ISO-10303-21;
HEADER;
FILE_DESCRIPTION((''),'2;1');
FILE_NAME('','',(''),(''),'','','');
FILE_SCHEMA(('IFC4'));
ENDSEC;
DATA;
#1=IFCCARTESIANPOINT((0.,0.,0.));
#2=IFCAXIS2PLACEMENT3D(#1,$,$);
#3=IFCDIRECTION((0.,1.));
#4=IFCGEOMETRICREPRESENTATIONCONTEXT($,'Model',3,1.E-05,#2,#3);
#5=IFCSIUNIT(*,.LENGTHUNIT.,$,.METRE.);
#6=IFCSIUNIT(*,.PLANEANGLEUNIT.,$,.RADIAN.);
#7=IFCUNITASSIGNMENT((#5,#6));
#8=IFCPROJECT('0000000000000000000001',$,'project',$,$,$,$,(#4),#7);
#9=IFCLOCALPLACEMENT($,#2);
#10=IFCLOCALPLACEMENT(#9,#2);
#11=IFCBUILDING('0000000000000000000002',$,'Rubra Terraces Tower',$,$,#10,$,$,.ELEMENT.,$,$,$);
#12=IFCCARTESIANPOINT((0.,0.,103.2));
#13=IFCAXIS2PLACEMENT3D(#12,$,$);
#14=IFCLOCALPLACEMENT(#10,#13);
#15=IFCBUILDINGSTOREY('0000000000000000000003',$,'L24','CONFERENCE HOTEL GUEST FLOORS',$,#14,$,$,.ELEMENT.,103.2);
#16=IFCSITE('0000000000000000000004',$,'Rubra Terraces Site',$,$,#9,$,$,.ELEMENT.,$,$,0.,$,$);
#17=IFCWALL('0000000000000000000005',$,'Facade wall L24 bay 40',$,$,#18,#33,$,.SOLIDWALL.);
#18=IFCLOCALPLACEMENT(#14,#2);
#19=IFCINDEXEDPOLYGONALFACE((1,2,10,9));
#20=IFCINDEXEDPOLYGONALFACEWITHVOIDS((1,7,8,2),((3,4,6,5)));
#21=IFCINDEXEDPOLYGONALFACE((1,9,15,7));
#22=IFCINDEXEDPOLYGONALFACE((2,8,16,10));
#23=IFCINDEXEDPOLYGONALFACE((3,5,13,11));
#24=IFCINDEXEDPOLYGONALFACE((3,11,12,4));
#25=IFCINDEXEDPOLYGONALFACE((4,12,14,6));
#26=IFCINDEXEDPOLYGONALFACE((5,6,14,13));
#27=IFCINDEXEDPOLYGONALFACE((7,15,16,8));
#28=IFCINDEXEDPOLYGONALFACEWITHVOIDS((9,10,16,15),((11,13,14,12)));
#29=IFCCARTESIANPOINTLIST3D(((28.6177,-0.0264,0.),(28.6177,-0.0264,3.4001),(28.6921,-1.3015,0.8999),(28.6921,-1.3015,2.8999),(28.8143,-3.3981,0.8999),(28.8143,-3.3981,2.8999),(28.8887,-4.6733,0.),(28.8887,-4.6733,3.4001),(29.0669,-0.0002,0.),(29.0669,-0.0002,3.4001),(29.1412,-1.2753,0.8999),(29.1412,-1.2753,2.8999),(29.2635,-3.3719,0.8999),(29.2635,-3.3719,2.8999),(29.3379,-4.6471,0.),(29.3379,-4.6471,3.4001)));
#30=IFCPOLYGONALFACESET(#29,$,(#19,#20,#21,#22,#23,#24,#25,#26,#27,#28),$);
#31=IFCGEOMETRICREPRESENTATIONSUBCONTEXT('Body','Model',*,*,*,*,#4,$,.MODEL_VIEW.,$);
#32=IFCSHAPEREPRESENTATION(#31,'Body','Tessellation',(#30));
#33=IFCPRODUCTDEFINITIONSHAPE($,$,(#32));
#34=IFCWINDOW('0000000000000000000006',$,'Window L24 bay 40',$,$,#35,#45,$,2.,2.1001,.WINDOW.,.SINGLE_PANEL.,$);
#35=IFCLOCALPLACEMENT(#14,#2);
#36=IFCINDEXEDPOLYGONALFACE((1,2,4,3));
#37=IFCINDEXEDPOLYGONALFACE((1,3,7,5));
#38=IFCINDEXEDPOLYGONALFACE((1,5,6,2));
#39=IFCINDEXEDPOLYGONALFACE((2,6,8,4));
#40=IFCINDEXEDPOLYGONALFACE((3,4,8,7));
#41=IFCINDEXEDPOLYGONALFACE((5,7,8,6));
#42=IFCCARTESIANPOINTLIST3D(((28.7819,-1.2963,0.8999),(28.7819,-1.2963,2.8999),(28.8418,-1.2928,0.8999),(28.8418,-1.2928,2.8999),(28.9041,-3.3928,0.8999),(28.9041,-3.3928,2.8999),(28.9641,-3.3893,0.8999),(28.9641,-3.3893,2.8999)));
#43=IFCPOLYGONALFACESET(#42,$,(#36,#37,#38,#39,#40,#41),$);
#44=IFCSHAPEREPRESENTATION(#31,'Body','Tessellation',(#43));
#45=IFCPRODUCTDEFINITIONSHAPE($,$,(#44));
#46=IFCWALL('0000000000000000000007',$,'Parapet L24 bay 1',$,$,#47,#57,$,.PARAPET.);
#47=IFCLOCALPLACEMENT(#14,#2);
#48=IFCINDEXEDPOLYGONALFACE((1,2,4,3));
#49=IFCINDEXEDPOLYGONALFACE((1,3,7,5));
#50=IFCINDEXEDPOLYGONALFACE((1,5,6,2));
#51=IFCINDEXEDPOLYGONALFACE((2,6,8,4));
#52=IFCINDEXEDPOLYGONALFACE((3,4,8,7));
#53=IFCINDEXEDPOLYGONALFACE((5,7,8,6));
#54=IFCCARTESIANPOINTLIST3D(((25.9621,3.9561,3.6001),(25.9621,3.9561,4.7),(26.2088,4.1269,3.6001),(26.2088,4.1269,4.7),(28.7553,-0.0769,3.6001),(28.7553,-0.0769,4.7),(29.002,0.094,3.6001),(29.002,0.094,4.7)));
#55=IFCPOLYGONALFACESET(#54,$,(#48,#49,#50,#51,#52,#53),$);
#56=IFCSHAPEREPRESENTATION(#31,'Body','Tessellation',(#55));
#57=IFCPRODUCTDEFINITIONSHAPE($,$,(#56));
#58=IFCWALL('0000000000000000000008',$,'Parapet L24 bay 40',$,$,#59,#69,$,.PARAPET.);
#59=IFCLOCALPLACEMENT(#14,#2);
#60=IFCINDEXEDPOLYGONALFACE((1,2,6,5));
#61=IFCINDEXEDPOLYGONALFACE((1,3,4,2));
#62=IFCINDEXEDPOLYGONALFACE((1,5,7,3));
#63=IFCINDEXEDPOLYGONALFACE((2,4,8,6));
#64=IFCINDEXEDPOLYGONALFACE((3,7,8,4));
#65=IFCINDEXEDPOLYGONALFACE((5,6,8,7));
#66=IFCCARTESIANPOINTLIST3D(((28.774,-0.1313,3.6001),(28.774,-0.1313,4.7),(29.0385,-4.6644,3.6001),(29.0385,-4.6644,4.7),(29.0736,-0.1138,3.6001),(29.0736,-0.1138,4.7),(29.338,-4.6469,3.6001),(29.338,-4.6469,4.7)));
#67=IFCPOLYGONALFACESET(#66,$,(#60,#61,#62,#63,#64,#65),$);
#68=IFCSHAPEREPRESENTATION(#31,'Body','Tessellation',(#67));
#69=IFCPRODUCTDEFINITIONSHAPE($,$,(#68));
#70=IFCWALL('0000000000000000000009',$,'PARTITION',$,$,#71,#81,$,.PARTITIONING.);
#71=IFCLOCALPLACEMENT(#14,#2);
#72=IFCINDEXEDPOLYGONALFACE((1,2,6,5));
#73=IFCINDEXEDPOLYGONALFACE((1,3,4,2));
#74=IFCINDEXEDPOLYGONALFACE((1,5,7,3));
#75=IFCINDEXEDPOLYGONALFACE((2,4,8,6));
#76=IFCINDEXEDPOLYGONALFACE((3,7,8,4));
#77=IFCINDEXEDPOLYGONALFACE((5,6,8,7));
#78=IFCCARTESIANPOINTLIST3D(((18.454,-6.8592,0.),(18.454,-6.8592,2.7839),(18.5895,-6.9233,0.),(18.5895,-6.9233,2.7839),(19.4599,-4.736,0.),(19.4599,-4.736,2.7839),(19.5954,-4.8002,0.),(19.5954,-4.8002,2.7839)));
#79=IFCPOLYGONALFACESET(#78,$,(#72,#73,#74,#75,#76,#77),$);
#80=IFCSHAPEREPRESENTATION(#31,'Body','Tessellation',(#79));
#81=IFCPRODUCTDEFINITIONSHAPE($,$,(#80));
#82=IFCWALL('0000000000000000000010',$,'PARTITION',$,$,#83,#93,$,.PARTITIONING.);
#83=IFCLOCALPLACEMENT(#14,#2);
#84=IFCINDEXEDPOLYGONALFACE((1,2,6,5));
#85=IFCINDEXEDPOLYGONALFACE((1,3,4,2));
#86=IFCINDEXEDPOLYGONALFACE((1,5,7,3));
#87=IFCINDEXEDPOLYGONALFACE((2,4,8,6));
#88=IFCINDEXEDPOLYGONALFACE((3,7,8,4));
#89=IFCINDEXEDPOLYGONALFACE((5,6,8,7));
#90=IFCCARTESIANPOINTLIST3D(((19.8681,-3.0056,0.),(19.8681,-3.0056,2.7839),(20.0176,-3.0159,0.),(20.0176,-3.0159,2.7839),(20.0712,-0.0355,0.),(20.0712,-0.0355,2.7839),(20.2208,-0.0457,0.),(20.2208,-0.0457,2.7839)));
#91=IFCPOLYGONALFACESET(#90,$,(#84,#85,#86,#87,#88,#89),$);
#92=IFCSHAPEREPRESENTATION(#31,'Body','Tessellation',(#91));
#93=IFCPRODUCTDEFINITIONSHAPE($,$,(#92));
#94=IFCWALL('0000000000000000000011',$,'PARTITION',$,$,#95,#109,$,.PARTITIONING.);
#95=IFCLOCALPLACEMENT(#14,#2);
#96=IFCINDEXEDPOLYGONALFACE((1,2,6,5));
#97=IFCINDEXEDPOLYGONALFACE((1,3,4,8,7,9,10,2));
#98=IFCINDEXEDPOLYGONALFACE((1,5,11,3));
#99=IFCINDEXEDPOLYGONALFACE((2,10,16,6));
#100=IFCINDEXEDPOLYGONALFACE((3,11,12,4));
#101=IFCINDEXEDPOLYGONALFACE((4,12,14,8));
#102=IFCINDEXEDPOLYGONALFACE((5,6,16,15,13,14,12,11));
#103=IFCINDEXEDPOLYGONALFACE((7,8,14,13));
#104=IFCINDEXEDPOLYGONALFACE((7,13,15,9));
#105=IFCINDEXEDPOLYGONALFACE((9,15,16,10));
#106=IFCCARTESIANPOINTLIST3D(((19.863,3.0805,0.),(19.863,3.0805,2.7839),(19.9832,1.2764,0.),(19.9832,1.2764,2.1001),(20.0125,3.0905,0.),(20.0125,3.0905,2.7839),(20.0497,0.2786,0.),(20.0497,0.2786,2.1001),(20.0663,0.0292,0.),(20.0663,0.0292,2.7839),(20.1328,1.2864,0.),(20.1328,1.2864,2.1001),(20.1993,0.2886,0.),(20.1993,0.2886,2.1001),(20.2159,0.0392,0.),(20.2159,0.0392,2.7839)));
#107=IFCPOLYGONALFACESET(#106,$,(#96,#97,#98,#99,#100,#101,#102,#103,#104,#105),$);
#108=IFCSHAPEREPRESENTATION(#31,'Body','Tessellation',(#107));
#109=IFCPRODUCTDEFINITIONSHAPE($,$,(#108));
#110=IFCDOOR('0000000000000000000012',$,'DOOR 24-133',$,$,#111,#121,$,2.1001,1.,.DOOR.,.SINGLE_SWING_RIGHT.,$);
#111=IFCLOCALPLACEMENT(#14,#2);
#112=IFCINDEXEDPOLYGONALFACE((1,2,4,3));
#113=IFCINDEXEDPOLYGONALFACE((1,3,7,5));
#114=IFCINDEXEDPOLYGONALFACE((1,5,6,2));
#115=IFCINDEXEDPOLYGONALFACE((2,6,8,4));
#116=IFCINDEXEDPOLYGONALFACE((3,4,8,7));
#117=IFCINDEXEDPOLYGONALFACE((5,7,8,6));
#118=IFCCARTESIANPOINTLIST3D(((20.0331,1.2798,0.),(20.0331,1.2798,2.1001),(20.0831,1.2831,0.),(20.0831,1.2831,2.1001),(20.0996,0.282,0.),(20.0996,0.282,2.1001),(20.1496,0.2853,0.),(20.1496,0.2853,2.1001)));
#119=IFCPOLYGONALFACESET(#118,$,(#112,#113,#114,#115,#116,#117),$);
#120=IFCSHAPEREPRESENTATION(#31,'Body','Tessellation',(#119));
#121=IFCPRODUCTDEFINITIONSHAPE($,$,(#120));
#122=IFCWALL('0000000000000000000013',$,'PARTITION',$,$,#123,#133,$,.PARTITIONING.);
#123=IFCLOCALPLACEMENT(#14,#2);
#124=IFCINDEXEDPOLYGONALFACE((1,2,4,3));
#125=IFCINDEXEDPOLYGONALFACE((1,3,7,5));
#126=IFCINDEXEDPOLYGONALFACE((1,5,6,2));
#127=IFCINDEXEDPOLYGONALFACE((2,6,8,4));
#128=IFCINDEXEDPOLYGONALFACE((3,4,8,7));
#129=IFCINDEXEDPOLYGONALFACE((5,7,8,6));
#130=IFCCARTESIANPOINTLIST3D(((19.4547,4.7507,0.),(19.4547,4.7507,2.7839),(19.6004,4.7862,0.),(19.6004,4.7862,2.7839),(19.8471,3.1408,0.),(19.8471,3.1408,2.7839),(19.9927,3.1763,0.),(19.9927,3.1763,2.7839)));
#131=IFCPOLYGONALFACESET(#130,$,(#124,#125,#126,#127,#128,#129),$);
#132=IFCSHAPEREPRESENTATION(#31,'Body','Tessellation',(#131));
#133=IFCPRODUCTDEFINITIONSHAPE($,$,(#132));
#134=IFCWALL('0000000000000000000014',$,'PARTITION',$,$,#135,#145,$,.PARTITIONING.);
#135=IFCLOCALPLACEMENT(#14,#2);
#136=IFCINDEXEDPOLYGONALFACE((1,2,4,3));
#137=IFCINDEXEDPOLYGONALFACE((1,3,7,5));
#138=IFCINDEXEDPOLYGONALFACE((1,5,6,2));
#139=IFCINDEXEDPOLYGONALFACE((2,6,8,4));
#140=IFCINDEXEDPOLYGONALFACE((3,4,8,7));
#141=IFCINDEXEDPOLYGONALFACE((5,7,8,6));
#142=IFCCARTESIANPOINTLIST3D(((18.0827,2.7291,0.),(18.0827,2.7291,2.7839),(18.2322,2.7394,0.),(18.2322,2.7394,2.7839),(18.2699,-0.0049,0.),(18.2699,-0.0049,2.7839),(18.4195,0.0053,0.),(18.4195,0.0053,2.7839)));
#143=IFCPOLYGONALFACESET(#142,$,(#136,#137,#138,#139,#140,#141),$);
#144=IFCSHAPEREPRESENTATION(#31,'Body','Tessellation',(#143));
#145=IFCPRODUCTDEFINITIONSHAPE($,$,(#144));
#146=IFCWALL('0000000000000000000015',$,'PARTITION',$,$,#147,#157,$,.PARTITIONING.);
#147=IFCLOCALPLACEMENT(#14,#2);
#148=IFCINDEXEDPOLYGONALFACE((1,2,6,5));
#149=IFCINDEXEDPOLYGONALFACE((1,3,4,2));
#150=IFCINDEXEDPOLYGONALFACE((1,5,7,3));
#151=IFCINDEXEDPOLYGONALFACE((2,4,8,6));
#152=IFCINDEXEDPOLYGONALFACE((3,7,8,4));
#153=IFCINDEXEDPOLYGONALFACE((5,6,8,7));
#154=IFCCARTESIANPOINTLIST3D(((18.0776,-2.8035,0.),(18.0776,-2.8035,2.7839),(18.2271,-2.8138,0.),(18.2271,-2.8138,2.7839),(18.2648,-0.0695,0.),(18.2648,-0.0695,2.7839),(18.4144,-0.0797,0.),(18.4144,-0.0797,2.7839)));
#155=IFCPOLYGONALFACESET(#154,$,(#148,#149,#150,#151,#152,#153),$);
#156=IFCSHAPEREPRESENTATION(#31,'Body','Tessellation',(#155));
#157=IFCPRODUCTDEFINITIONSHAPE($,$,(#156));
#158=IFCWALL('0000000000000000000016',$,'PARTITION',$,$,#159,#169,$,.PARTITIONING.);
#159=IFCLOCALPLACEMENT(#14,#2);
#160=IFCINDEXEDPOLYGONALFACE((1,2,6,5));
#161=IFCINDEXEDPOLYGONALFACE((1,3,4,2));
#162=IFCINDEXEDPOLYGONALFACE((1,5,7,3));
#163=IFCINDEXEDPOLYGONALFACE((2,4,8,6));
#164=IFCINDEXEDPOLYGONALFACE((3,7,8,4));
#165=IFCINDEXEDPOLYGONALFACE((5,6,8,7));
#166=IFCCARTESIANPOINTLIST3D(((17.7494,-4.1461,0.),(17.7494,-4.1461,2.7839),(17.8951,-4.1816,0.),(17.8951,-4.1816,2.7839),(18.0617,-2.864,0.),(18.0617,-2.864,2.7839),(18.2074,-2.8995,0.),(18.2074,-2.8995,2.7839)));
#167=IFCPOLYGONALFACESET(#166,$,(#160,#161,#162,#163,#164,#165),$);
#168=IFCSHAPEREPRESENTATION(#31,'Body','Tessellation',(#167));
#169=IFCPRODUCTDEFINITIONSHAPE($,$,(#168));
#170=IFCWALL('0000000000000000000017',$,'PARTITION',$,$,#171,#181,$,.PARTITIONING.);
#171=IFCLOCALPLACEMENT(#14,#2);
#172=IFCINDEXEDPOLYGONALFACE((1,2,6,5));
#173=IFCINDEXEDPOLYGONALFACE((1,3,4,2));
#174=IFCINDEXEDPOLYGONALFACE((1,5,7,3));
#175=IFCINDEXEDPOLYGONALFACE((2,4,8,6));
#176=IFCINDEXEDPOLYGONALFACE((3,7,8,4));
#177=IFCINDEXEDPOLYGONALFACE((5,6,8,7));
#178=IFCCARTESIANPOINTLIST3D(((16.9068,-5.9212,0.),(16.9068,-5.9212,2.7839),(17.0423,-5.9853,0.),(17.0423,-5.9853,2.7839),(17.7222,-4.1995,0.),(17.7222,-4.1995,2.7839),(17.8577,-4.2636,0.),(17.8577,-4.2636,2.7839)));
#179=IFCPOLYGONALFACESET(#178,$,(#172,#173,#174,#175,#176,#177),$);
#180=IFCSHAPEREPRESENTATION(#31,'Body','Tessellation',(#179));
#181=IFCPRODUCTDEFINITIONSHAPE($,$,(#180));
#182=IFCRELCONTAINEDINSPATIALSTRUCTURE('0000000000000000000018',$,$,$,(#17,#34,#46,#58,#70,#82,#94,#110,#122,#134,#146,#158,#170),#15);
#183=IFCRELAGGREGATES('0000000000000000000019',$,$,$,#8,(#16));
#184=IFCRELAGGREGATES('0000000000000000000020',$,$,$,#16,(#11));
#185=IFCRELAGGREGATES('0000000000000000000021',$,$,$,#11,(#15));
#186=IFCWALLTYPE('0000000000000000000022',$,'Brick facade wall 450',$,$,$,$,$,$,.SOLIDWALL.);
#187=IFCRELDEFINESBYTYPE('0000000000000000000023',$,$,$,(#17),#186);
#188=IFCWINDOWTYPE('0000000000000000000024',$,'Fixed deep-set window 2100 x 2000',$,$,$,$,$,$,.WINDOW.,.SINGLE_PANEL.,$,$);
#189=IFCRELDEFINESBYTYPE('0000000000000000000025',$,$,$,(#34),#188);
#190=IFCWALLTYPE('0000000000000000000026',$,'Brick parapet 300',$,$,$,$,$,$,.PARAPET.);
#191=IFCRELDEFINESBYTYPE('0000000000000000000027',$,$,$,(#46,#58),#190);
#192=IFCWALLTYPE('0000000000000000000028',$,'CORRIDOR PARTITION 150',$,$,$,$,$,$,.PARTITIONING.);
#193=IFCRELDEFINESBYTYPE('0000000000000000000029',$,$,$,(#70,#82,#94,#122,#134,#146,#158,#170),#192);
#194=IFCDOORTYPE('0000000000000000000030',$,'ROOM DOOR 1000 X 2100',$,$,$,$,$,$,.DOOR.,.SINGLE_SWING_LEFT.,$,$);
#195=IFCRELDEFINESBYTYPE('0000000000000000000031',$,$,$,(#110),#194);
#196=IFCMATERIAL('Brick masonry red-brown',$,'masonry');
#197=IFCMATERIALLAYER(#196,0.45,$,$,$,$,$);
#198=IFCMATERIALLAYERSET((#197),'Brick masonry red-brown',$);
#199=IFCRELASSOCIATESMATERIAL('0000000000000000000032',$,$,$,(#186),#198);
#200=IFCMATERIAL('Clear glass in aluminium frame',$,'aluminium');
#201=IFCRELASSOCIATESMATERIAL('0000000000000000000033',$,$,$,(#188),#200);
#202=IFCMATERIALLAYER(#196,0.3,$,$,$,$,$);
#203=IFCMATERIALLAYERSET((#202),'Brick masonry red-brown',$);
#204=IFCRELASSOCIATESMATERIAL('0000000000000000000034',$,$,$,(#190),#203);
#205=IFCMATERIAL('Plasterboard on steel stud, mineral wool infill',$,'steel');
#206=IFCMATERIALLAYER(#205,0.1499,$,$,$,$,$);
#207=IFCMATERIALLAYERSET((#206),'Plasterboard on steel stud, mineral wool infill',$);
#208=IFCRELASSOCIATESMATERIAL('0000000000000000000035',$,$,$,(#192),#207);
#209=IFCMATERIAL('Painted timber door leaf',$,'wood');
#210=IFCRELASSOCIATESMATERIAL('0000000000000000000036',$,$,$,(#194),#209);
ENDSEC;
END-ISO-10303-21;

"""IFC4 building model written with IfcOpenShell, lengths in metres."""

from ifc_helpers import new_model, si_unit, direction, frame, frame_2d, origin, place, context, subcontext, project, spatial, rectangle, extrude, material, layer, layer_set, type_object, element, fill, save


model = new_model("IFC4")

# Units and contexts
model_context = context("Model", 3, precision=1e-05, world=origin(), true_north=direction((0.0, 1.0)))
body_context = subcontext(model_context, "Body", "Model", "MODEL_VIEW")
ifc_project = project(units=[si_unit("LENGTHUNIT", "METRE"), si_unit("PLANEANGLEUNIT", "RADIAN")], contexts=[model_context])

# Site, building, storey
site_placement = place(None, origin())
site = spatial("IfcSite", under=ifc_project, at=site_placement, Name="Rubra Terraces Site", CompositionType="ELEMENT", RefElevation=0.0)
building_placement = place(site_placement, origin())
building = spatial("IfcBuilding", under=site, at=building_placement, Name="Rubra Terraces Tower", CompositionType="ELEMENT")
storey_placement = place(building_placement, frame((0.0, 0.0, 103.2)))
storey = spatial("IfcBuildingStorey", under=building, at=storey_placement, Name="L24", Description="CONFERENCE HOTEL GUEST FLOORS", CompositionType="ELEMENT", Elevation=103.2)

# Wall, opening, window
ifc_material_1 = material(Name="Brick masonry red-brown", Category="masonry")
ifc_layer_1 = layer(ifc_material_1, 0.45)
ifc_layer_set_1 = layer_set([ifc_layer_1], Name="Brick masonry red-brown")
wall_type_1 = type_object("IfcWallType", Name="Brick facade wall 450", PredefinedType="SOLIDWALL", material=ifc_layer_set_1)
ifc_material_2 = material(Name="Clear glass in aluminium frame", Category="aluminium")
wall_1_placement = place(storey_placement, frame((29.1133, -4.6602, 0.0), z_axis=(0.0, 0.0, 1.0), x_axis=(-0.058218, 0.998304, 0.0)))
wall_1 = element("IfcWall", 1, at=wall_1_placement, inside=storey, type_object=wall_type_1, Name="Facade wall L24 bay 40", PredefinedType="SOLIDWALL", context=body_context, shape_type="SweptSolid", body=[
    extrude(rectangle(XDim=4.6548, YDim=0.45, at=frame_2d((2.3274, 0.0))), origin(), (0.0, 0.0, 1.0), 3.4001),
])
opening_1_placement = place(wall_1_placement, frame((1.2773, 0.0, 0.8999)))
opening_1 = element("IfcOpeningElement", 2, at=opening_1_placement, cuts=wall_1, PredefinedType="OPENING", context=body_context, shape_type="SweptSolid", body=[
    extrude(rectangle(XDim=2.1001, YDim=2.0, at=frame_2d((1.05, 1.0))), frame((0.0, 0.2349, 0.0), z_axis=(0.0, -1.0, 0.0), x_axis=(1.0, 0.0, 0.0)), (0.0, 0.0, 1.0), 0.47),
])
window_type_1 = type_object("IfcWindowType", Name="Fixed deep-set window 2100 x 2000", PartitioningType="SINGLE_PANEL", PredefinedType="WINDOW", material=ifc_material_2)
window_1_placement = place(opening_1_placement, origin())
window_1 = element("IfcWindow", 3, at=window_1_placement, inside=storey, type_object=window_type_1, Name="Window L24 bay 40", OverallHeight=2.0, OverallWidth=2.1001, PartitioningType="SINGLE_PANEL", PredefinedType="WINDOW", context=body_context, shape_type="SweptSolid", body=[
    extrude(rectangle(XDim=2.1001, YDim=2.0, at=frame_2d((1.05, 1.0))), frame((0.0, 0.135, 0.0), z_axis=(0.0, -1.0, 0.0), x_axis=(1.0, 0.0, 0.0)), (0.0, 0.0, 1.0), 0.0601),
])
fill(opening_1, window_1)

# Walls
ifc_layer_2 = layer(ifc_material_1, 0.3)
ifc_layer_set_2 = layer_set([ifc_layer_2], Name="Brick masonry red-brown")
wall_type_2 = type_object("IfcWallType", Name="Brick parapet 300", PredefinedType="PARAPET", material=ifc_layer_set_2)
wall_2_placement = place(storey_placement, frame((28.8787, 0.0085, 3.6001), z_axis=(0.0, 0.0, 1.0), x_axis=(-0.56937, 0.822081, 0.0)))
element("IfcWall", 4, at=wall_2_placement, inside=storey, type_object=wall_type_2, Name="Parapet L24 bay 1", PredefinedType="PARAPET", context=body_context, shape_type="SweptSolid", body=[
    extrude(rectangle(XDim=4.9058, YDim=0.3, at=frame_2d((2.4529, 0.0))), origin(), (0.0, 0.0, 1.0), 1.0999),
])
wall_3_placement = place(storey_placement, frame((29.1882, -4.6558, 3.6001), z_axis=(0.0, 0.0, 1.0), x_axis=(-0.05823, 0.998303, 0.0)))
element("IfcWall", 5, at=wall_3_placement, inside=storey, type_object=wall_type_2, Name="Parapet L24 bay 40", PredefinedType="PARAPET", context=body_context, shape_type="SweptSolid", body=[
    extrude(rectangle(XDim=4.5408, YDim=0.3, at=frame_2d((2.2705, 0.0))), origin(), (0.0, 0.0, 1.0), 1.0999),
])
ifc_material_3 = material(Name="Plasterboard on steel stud, mineral wool infill", Category="steel")
ifc_layer_3 = layer(ifc_material_3, 0.1499)
ifc_layer_set_3 = layer_set([ifc_layer_3], Name="Plasterboard on steel stud, mineral wool infill")
wall_type_3 = type_object("IfcWallType", Name="CORRIDOR PARTITION 150", PredefinedType="PARTITIONING", material=ifc_layer_set_3)
wall_4_placement = place(storey_placement, frame((18.5217, -6.8914, 0.0), z_axis=(0.0, 0.0, 1.0), x_axis=(0.428158, 0.903704, 0.0)))
element("IfcWall", 6, at=wall_4_placement, inside=storey, type_object=wall_type_3, Name="PARTITION", PredefinedType="PARTITIONING", context=body_context, shape_type="SweptSolid", body=[
    extrude(rectangle(XDim=2.3494, YDim=0.1499, at=frame_2d((1.1748, 0.0))), origin(), (0.0, 0.0, 1.0), 2.7839),
])

# Wall
wall_5_placement = place(storey_placement, frame((19.9429, -3.0107, 0.0), z_axis=(0.0, 0.0, 1.0), x_axis=(0.068228, 0.99767, 0.0)))
element("IfcWall", 7, at=wall_5_placement, inside=storey, type_object=wall_type_3, Name="PARTITION", PredefinedType="PARTITIONING", context=body_context, shape_type="SweptSolid", body=[
    extrude(rectangle(XDim=2.9771, YDim=0.1499, at=frame_2d((1.4885, 0.0))), origin(), (0.0, 0.0, 1.0), 2.7839),
])

# Wall, opening, door
wall_6_placement = place(storey_placement, frame((20.1411, 0.0342, 0.0), z_axis=(0.0, 0.0, 1.0), x_axis=(-0.066503, 0.997786, 0.0)))
wall_6 = element("IfcWall", 8, at=wall_6_placement, inside=storey, type_object=wall_type_3, Name="PARTITION", PredefinedType="PARTITIONING", context=body_context, shape_type="SweptSolid", body=[
    extrude(rectangle(XDim=3.0581, YDim=0.1499, at=frame_2d((1.5291, 0.0))), origin(), (0.0, 0.0, 1.0), 2.7839),
])
opening_2_placement = place(wall_6_placement, frame((0.25, 0.0, 0.0)))
opening_2 = element("IfcOpeningElement", 9, at=opening_2_placement, cuts=wall_6, PredefinedType="OPENING", context=body_context, shape_type="SweptSolid", body=[
    extrude(rectangle(XDim=1.0, YDim=2.1001, at=frame_2d((0.5, 1.05))), frame((0.0, 0.085, 0.0), z_axis=(0.0, -1.0, 0.0), x_axis=(1.0, 0.0, 0.0)), (0.0, 0.0, 1.0), 0.1699),
])
ifc_material_4 = material(Name="Painted timber door leaf", Category="wood")
door_type_1 = type_object("IfcDoorType", Name="ROOM DOOR 1000 X 2100", OperationType="SINGLE_SWING_LEFT", PredefinedType="DOOR", material=ifc_material_4)
door_1_placement = place(opening_2_placement, origin())
door_1 = element("IfcDoor", 10, at=door_1_placement, inside=storey, type_object=door_type_1, Name="DOOR 24-133", OperationType="SINGLE_SWING_RIGHT", OverallHeight=2.1001, OverallWidth=1.0, PredefinedType="DOOR", context=body_context, shape_type="SweptSolid", body=[
    extrude(rectangle(XDim=1.0, YDim=2.1001, at=frame_2d((0.5, 1.05))), frame((0.0, 0.0249, 0.0), z_axis=(0.0, -1.0, 0.0), x_axis=(1.0, 0.0, 0.0)), (0.0, 0.0, 1.0), 0.05),
])
fill(opening_2, door_1)

# Walls
wall_7_placement = place(storey_placement, frame((19.9199, 3.1584, 0.0), z_axis=(0.0, 0.0, 1.0), x_axis=(-0.236776, 0.971564, 0.0)))
element("IfcWall", 11, at=wall_7_placement, inside=storey, type_object=wall_type_3, Name="PARTITION", PredefinedType="PARTITIONING", context=body_context, shape_type="SweptSolid", body=[
    extrude(rectangle(XDim=1.657, YDim=0.1499, at=frame_2d((0.8286, 0.0))), origin(), (0.0, 0.0, 1.0), 2.7839),
])
for number, where, z_axis, x_axis, name in (
    (12, (18.1575, 2.7341, 0.0), (0.0, 0.0, 1.0), (0.068328, -0.997663, 0.0), "PARTITION"),
    (13, (18.3396, -0.0747, 0.0), (0.0, 0.0, 1.0), (-0.068328, -0.997663, 0.0), "PARTITION"),
):
    element("IfcWall", number, at=place(storey_placement, frame(where, z_axis=z_axis, x_axis=x_axis)), inside=storey, type_object=wall_type_3, Name=name, PredefinedType="PARTITIONING", context=body_context, shape_type="SweptSolid", body=[
        extrude(rectangle(XDim=2.7405, YDim=0.1499, at=frame_2d((1.3701, 0.0))), origin(), (0.0, 0.0, 1.0), 2.7839),
    ])
wall_8_placement = place(storey_placement, frame((18.1345, -2.8818, 0.0), z_axis=(0.0, 0.0, 1.0), x_axis=(-0.236654, -0.971594, 0.0)))
element("IfcWall", 14, at=wall_8_placement, inside=storey, type_object=wall_type_3, Name="PARTITION", PredefinedType="PARTITIONING", context=body_context, shape_type="SweptSolid", body=[
    extrude(rectangle(XDim=1.3196, YDim=0.1499, at=frame_2d((0.6597, 0.0))), origin(), (0.0, 0.0, 1.0), 2.7839),
])
wall_9_placement = place(storey_placement, frame((17.79, -4.2314, 0.0), z_axis=(0.0, 0.0, 1.0), x_axis=(-0.428042, -0.903759, 0.0)))
element("IfcWall", 15, at=wall_9_placement, inside=storey, type_object=wall_type_3, Name="PARTITION", PredefinedType="PARTITIONING", context=body_context, shape_type="SweptSolid", body=[
    extrude(rectangle(XDim=1.905, YDim=0.1499, at=frame_2d((0.9526, 0.0))), origin(), (0.0, 0.0, 1.0), 2.7839),
])

save(model, "model.ifc")
